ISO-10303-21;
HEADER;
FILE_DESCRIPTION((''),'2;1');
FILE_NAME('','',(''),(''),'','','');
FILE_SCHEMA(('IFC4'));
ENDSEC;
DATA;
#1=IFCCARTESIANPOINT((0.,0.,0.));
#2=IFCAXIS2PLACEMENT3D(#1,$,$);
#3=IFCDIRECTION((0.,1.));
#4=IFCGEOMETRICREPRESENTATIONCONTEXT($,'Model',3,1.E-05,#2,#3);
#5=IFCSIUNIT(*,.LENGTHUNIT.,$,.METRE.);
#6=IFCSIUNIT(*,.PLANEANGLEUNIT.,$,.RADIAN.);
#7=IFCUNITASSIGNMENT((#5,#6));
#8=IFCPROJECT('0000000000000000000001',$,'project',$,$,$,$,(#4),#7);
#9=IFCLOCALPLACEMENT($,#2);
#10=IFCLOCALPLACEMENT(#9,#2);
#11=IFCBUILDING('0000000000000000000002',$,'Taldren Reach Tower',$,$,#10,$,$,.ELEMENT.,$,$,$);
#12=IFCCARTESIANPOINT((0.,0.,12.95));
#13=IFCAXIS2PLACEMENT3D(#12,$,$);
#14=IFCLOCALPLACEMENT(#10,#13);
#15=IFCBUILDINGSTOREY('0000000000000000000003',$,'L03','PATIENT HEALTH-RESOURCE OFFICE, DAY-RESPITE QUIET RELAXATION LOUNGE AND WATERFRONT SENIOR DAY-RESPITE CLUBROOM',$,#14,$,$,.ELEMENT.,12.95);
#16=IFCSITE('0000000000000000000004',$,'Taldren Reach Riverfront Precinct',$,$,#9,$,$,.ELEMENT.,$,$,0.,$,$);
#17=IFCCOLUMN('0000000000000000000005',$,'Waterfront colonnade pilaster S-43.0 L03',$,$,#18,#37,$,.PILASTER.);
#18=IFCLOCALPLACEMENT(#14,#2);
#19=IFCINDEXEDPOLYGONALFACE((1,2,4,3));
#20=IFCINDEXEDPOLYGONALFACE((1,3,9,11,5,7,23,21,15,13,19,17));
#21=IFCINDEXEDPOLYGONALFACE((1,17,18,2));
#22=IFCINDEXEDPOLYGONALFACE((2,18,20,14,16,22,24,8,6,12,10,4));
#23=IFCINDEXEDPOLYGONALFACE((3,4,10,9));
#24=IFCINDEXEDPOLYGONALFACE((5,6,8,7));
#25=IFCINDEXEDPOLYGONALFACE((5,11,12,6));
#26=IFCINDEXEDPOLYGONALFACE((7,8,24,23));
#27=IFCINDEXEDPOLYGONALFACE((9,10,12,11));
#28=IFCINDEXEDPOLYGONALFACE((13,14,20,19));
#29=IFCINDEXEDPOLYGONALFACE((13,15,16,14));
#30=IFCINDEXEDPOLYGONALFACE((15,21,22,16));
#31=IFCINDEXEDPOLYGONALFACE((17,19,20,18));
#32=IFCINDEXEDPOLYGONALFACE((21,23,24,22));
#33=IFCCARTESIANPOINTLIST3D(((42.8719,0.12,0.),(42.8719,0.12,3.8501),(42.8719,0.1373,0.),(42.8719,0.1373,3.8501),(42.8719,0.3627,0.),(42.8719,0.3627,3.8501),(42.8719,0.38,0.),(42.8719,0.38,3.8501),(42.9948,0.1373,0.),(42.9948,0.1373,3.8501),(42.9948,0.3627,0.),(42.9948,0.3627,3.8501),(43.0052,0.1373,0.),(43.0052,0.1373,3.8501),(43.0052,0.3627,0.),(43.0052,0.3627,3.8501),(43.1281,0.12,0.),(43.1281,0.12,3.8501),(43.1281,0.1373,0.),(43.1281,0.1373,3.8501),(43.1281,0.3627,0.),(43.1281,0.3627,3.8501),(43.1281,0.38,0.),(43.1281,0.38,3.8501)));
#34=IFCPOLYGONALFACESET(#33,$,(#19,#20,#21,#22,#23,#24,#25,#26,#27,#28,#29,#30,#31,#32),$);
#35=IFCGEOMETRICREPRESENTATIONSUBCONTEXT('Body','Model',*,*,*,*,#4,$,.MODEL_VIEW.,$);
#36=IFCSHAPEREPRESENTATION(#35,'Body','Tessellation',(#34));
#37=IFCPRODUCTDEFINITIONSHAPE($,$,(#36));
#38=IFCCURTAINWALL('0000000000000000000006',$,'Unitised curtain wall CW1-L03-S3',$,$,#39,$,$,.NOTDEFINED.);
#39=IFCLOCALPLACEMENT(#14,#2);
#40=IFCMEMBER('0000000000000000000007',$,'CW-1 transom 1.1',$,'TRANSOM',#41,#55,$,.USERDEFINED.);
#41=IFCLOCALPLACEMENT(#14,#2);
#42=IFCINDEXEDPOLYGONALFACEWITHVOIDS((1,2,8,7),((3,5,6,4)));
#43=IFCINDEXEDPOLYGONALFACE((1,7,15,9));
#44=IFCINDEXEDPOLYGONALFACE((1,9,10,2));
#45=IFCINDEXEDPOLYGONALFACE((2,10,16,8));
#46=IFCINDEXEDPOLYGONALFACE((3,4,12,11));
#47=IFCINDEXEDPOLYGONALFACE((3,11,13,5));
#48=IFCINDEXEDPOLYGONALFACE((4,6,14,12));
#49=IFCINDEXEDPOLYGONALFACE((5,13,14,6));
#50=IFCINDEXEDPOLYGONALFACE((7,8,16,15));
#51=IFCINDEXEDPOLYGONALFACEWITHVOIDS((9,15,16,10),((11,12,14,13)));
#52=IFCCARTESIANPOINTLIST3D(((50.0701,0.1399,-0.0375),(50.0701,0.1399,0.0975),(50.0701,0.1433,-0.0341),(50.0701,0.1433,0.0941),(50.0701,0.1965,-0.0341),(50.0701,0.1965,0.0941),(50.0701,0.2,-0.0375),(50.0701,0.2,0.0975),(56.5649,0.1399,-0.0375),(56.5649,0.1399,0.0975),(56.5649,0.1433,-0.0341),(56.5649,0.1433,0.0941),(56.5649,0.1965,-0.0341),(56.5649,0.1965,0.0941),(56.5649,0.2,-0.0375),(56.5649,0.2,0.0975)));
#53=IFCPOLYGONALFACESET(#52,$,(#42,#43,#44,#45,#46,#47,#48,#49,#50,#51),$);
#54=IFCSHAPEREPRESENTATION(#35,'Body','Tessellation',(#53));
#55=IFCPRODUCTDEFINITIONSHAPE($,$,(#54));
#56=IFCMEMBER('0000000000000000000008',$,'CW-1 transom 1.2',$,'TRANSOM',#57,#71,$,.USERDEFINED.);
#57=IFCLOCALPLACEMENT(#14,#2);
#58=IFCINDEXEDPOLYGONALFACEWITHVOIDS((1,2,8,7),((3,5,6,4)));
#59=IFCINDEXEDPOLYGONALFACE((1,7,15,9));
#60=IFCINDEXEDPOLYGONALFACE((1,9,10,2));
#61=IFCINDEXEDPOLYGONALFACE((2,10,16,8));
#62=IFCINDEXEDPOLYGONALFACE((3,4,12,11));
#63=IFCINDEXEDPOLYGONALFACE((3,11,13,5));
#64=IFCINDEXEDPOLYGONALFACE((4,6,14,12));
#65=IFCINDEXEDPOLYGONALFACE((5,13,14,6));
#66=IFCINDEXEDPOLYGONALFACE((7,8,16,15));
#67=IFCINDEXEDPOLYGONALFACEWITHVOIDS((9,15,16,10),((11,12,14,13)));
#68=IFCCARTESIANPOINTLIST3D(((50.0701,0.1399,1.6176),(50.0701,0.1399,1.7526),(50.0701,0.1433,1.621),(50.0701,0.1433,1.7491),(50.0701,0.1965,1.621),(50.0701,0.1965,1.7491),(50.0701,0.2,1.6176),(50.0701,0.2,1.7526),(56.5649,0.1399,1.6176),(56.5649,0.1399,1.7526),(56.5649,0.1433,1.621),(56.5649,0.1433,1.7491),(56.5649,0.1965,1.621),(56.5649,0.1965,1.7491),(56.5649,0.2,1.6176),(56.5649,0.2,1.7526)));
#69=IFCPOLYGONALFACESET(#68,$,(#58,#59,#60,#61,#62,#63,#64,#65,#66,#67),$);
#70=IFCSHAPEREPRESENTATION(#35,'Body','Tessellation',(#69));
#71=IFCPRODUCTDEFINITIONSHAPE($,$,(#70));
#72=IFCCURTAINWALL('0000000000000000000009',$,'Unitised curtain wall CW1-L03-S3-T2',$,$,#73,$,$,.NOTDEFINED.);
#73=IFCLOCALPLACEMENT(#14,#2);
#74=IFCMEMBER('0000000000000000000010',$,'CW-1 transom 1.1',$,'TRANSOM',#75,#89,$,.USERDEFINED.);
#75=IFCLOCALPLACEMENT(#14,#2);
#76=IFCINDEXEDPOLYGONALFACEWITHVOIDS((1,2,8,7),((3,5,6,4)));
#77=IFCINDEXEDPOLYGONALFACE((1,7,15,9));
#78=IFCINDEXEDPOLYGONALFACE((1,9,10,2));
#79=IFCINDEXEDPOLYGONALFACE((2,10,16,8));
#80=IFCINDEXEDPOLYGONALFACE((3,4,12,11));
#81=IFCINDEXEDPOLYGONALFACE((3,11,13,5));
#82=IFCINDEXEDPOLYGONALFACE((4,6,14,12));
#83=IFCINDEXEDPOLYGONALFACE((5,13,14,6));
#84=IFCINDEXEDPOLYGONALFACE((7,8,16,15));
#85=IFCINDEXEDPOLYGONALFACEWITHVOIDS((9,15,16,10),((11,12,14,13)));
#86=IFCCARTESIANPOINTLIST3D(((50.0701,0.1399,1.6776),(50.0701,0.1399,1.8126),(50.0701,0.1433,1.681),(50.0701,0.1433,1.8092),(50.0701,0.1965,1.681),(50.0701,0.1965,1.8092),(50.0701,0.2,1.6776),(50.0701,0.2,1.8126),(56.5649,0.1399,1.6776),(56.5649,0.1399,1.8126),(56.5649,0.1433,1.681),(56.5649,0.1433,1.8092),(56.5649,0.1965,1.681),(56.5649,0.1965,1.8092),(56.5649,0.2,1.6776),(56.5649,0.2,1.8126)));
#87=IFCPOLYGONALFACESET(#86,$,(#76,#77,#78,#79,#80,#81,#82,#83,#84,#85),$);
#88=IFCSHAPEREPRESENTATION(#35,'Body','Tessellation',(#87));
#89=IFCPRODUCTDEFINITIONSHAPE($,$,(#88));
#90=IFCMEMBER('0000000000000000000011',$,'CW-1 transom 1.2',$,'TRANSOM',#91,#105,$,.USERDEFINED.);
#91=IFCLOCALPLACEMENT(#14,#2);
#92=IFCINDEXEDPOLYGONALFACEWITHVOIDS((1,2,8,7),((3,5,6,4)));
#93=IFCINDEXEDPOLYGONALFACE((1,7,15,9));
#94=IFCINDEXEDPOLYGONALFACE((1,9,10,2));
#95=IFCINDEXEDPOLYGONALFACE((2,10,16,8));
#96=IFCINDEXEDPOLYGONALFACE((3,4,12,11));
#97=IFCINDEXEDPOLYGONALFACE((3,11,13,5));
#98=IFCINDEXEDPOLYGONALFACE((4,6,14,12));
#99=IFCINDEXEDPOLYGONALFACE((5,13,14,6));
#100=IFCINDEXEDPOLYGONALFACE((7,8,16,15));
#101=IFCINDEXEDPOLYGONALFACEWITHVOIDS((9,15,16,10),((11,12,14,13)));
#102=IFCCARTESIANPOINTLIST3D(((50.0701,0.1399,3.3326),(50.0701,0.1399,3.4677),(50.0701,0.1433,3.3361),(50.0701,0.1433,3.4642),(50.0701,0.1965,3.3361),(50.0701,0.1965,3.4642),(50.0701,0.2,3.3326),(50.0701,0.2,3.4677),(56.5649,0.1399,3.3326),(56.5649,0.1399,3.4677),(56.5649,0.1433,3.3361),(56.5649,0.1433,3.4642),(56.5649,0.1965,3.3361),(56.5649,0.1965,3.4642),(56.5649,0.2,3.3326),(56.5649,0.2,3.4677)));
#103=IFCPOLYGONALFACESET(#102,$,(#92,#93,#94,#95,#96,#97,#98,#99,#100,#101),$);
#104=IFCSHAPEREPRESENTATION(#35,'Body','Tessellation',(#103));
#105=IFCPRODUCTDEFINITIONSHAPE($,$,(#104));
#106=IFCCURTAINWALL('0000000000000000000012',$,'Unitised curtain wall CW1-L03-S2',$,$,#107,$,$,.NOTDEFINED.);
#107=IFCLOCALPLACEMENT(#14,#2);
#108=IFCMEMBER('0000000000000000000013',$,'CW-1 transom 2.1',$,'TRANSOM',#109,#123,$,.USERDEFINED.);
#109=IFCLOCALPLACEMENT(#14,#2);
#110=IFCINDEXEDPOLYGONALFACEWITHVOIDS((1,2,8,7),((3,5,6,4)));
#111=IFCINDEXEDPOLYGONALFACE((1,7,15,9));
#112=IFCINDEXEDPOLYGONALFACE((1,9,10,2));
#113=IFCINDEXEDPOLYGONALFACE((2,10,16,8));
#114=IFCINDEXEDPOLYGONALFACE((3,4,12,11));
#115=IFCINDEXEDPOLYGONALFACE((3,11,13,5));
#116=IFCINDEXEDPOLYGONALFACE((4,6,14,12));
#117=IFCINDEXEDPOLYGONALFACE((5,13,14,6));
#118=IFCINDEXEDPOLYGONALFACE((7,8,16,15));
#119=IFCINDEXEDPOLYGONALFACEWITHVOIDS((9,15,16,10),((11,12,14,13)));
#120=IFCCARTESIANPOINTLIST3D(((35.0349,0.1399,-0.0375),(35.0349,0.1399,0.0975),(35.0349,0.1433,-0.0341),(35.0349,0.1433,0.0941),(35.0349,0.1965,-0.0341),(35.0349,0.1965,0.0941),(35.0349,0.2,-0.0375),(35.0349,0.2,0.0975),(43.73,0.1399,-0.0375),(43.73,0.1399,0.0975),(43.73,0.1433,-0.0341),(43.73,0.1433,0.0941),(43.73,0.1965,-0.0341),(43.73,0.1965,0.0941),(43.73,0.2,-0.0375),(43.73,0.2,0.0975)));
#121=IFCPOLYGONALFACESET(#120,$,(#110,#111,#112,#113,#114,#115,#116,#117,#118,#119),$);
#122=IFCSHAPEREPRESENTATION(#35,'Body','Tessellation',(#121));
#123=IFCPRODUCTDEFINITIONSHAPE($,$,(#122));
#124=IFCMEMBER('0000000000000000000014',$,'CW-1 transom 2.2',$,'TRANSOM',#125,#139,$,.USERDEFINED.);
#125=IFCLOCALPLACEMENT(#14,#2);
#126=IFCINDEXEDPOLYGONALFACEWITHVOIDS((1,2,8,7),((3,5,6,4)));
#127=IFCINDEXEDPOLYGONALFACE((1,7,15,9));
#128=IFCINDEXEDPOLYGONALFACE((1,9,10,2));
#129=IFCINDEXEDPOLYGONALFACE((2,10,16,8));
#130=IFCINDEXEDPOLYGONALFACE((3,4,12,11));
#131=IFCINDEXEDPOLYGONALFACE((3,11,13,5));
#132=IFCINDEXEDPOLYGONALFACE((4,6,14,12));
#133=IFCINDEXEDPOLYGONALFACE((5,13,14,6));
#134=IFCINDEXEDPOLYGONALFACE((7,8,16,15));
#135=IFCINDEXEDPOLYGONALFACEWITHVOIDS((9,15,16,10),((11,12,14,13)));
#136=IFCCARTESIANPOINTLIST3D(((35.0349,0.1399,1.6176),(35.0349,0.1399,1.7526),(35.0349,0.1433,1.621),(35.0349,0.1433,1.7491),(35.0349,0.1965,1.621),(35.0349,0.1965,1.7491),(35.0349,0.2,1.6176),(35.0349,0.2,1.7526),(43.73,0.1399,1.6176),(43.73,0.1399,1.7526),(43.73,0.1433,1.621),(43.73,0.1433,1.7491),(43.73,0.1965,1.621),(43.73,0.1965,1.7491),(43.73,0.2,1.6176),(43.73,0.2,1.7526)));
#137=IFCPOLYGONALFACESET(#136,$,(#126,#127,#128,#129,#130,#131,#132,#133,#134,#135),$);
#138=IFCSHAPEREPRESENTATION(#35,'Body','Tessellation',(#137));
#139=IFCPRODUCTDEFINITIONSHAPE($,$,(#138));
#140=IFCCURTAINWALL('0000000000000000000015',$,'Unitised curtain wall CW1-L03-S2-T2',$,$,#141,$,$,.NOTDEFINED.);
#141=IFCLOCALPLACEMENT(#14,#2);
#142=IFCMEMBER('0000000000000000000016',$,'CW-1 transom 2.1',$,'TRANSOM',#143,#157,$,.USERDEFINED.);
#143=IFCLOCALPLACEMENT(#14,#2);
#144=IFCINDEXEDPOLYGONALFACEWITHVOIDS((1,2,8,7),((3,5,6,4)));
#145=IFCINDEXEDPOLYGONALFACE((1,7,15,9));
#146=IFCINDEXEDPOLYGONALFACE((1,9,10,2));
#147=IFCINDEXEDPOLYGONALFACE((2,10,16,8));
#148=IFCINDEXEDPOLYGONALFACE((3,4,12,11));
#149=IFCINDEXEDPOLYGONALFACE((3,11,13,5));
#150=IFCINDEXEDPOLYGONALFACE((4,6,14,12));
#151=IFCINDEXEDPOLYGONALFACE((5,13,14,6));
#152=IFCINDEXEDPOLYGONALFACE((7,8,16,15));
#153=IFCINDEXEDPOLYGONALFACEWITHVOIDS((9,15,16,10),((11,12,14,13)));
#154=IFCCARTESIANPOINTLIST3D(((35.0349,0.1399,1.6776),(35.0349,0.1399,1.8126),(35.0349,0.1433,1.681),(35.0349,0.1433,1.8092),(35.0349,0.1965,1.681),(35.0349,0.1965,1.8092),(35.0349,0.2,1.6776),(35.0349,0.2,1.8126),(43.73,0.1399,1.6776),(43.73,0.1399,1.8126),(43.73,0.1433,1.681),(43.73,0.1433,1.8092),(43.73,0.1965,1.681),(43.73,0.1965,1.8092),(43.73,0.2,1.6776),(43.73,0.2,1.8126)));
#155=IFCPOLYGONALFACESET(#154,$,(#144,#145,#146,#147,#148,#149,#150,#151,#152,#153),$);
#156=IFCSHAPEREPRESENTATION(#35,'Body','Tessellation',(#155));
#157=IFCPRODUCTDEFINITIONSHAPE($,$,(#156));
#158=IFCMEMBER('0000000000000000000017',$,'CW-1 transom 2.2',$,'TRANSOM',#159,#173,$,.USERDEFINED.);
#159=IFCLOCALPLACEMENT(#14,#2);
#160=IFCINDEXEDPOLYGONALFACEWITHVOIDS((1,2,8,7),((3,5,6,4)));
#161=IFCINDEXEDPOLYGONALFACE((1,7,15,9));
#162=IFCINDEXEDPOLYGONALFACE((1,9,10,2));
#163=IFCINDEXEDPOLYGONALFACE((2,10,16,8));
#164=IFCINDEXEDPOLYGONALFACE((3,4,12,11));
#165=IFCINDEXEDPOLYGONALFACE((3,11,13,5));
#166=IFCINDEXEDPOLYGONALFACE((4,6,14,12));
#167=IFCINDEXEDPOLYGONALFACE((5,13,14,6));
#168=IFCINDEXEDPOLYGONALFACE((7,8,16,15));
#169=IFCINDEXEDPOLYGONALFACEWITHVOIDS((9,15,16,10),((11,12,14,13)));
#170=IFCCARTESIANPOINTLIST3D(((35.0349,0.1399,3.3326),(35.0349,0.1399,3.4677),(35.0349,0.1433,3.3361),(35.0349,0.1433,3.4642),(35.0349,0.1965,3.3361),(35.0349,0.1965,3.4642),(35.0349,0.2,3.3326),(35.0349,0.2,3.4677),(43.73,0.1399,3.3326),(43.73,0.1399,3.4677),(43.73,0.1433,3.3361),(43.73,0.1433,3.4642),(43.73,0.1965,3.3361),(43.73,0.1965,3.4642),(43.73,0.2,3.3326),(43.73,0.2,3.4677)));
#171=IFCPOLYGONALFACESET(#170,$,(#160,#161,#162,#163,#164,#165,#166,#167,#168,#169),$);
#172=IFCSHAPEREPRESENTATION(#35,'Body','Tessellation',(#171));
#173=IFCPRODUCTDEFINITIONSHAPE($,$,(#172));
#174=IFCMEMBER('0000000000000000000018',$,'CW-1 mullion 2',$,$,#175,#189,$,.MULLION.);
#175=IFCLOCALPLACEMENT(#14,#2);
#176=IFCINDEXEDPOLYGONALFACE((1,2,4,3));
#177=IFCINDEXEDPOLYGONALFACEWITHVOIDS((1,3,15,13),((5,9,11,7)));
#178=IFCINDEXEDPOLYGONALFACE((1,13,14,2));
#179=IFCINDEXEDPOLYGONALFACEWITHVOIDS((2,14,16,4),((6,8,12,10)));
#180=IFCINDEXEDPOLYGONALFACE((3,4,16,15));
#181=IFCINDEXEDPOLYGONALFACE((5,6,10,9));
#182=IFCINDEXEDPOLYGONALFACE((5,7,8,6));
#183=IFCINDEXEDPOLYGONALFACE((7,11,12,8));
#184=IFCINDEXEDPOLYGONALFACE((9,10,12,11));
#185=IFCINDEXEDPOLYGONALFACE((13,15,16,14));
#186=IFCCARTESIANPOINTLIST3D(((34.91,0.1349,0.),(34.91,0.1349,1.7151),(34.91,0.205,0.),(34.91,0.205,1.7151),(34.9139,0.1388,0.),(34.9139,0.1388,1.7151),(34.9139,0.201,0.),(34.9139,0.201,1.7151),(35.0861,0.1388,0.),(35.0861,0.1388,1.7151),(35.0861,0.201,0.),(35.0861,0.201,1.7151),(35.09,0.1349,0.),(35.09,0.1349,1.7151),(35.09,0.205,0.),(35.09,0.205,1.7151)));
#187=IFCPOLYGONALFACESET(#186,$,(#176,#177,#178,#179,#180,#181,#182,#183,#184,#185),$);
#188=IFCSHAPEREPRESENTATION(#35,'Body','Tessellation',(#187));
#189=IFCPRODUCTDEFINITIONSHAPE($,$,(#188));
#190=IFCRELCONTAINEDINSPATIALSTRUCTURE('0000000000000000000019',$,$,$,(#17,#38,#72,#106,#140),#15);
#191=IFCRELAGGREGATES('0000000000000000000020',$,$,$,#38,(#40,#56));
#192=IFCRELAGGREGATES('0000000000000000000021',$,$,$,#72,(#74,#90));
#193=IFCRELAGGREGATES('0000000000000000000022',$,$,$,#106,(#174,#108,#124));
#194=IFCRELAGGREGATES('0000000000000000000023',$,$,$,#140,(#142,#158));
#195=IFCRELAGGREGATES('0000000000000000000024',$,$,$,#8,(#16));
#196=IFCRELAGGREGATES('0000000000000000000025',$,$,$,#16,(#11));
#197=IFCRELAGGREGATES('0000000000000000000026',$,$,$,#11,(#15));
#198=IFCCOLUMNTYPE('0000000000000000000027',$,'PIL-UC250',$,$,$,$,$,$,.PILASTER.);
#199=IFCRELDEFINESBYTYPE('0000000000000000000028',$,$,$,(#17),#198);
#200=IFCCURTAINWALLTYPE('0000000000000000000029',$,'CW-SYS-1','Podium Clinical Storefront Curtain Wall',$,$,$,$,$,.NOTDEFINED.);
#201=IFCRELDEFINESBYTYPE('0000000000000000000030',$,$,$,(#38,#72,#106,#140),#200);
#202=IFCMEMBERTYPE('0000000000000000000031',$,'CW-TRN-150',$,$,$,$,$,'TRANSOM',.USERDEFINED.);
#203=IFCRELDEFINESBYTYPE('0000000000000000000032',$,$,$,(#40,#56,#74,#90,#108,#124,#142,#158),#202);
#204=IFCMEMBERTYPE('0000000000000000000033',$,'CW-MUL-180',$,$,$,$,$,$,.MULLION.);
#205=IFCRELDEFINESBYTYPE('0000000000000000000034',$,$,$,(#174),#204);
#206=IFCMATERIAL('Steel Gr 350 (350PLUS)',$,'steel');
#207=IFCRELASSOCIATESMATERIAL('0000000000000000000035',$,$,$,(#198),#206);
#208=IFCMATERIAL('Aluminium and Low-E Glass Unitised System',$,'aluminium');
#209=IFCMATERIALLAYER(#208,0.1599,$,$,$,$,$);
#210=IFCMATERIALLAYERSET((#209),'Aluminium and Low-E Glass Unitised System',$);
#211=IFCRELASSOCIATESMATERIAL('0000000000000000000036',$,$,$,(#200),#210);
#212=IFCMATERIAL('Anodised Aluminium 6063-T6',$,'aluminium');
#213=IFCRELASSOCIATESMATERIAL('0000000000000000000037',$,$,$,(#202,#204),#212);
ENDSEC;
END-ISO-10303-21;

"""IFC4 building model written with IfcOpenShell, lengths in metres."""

from ifc_helpers import new_model, si_unit, direction, frame, origin, origin_2d, place, context, subcontext, project, spatial, hollow_rectangle, i_section, extrude, source, transform, mapped, material, layer, layer_set, material_profile, profile_set, type_object, element, aggregate, save


model = new_model("IFC4")

# Units and contexts
model_context = context("Model", 3, precision=1e-05, world=origin(), true_north=direction((0.0, 1.0)))
body_context = subcontext(model_context, "Body", "Model", "MODEL_VIEW")
ifc_project = project(units=[si_unit("LENGTHUNIT", "METRE"), si_unit("PLANEANGLEUNIT", "RADIAN")], contexts=[model_context])

# Site, building, storey
site_placement = place(None, origin())
site = spatial("IfcSite", under=ifc_project, at=site_placement, Name="Taldren Reach Riverfront Precinct", CompositionType="ELEMENT", RefElevation=0.0)
building_placement = place(site_placement, origin())
building = spatial("IfcBuilding", under=site, at=building_placement, Name="Taldren Reach Tower", CompositionType="ELEMENT")
storey_placement = place(building_placement, frame((0.0, 0.0, 12.95)))
storey = spatial("IfcBuildingStorey", under=building, at=storey_placement, Name="L03", Description="PATIENT HEALTH-RESOURCE OFFICE, DAY-RESPITE QUIET RELAXATION LOUNGE AND WATERFRONT SENIOR DAY-RESPITE CLUBROOM", CompositionType="ELEMENT", Elevation=12.95)

# Column
ifc_material_1 = material(Name="Steel Gr 350 (350PLUS)", Category="steel")
ifc_material_profile_1 = material_profile(ifc_material_1, i_section(OverallWidth=0.2561, OverallDepth=0.26, WebThickness=0.0105, FlangeThickness=0.0173, at=origin_2d()), Name="250UC89.5")
ifc_profile_set_1 = profile_set([ifc_material_profile_1], Name="Steel Gr 350 (350PLUS)")
column_type = type_object("IfcColumnType", Name="PIL-UC250", PredefinedType="PILASTER", material=ifc_profile_set_1)
shared_shape_1 = source(origin(), body_context, "Body", "SweptSolid", [
    extrude(i_section(OverallWidth=0.2561, OverallDepth=0.26, WebThickness=0.0105, FlangeThickness=0.0173, at=origin_2d()), origin(), (0.0, 0.0, 1.0), 3.8501),
])
column_placement = place(storey_placement, frame((43.0, 0.25, 0.0), z_axis=(0.0, 0.0, 1.0), x_axis=(1.0, 0.0, 0.0)))
element("IfcColumn", 1, at=column_placement, inside=storey, type_object=column_type, Name="Waterfront colonnade pilaster S-43.0 L03", PredefinedType="PILASTER", context=body_context, shape_type="MappedRepresentation", body=[
    mapped(shared_shape_1, transform((0.0, 0.0, 0.0), scale=1.0)),
])

# Curtain walls, members
ifc_material_2 = material(Name="Aluminium and Low-E Glass Unitised System", Category="aluminium")
ifc_layer_1 = layer(ifc_material_2, 0.1599)
ifc_layer_set_1 = layer_set([ifc_layer_1], Name="Aluminium and Low-E Glass Unitised System")
curtain_wall_type = type_object("IfcCurtainWallType", Name="CW-SYS-1", Description="Podium Clinical Storefront Curtain Wall", PredefinedType="NOTDEFINED", material=ifc_layer_set_1)
curtain_wall_1_placement = place(storey_placement, origin())
curtain_wall_1 = element("IfcCurtainWall", 2, at=curtain_wall_1_placement, inside=storey, type_object=curtain_wall_type, Name="Unitised curtain wall CW1-L03-S3", PredefinedType="NOTDEFINED")
ifc_material_3 = material(Name="Anodised Aluminium 6063-T6", Category="aluminium")
ifc_material_profile_2 = material_profile(ifc_material_3, hollow_rectangle(XDim=0.0601, YDim=0.135, WallThickness=0.0034, at=origin_2d()), Name="ALU-135x60x3.5RHS")
ifc_profile_set_2 = profile_set([ifc_material_profile_2], Name="Anodised Aluminium 6063-T6")
member_type_1 = type_object("IfcMemberType", Name="CW-TRN-150", ElementType="TRANSOM", PredefinedType="USERDEFINED", material=ifc_profile_set_2)
shared_shape_2 = source(origin(), body_context, "Body", "SweptSolid", [
    extrude(hollow_rectangle(XDim=0.0601, YDim=0.135, WallThickness=0.0034, at=origin_2d()), origin(), (0.0, 0.0, 1.0), 6.4949),
])
member_1_placement = place(storey_placement, frame((50.0701, 0.1699, 0.03), z_axis=(1.0, 0.0, 0.0), x_axis=(0.0, 1.0, 0.0)))
member_1 = element("IfcMember", 3, at=member_1_placement, type_object=member_type_1, Name="CW-1 transom 1.1", ObjectType="TRANSOM", PredefinedType="USERDEFINED", context=body_context, shape_type="MappedRepresentation", body=[
    mapped(shared_shape_2, transform((0.0, 0.0, 0.0), scale=1.0)),
])
member_2_placement = place(storey_placement, frame((50.0701, 0.1699, 1.6851), z_axis=(1.0, 0.0, 0.0), x_axis=(0.0, 1.0, 0.0)))
member_2 = element("IfcMember", 4, at=member_2_placement, type_object=member_type_1, Name="CW-1 transom 1.2", ObjectType="TRANSOM", PredefinedType="USERDEFINED", context=body_context, shape_type="MappedRepresentation", body=[
    mapped(shared_shape_2, transform((0.0, 0.0, 0.0), scale=1.0)),
])
curtain_wall_2_placement = place(storey_placement, origin())
curtain_wall_2 = element("IfcCurtainWall", 5, at=curtain_wall_2_placement, inside=storey, type_object=curtain_wall_type, Name="Unitised curtain wall CW1-L03-S3-T2", PredefinedType="NOTDEFINED")
member_3_placement = place(storey_placement, frame((50.0701, 0.1699, 1.7451), z_axis=(1.0, 0.0, 0.0), x_axis=(0.0, 1.0, 0.0)))
member_3 = element("IfcMember", 6, at=member_3_placement, type_object=member_type_1, Name="CW-1 transom 1.1", ObjectType="TRANSOM", PredefinedType="USERDEFINED", context=body_context, shape_type="MappedRepresentation", body=[
    mapped(shared_shape_2, transform((0.0, 0.0, 0.0), scale=1.0)),
])
member_4_placement = place(storey_placement, frame((50.0701, 0.1699, 3.4001), z_axis=(1.0, 0.0, 0.0), x_axis=(0.0, 1.0, 0.0)))
member_4 = element("IfcMember", 7, at=member_4_placement, type_object=member_type_1, Name="CW-1 transom 1.2", ObjectType="TRANSOM", PredefinedType="USERDEFINED", context=body_context, shape_type="MappedRepresentation", body=[
    mapped(shared_shape_2, transform((0.0, 0.0, 0.0), scale=1.0)),
])
curtain_wall_3_placement = place(storey_placement, origin())
curtain_wall_3 = element("IfcCurtainWall", 8, at=curtain_wall_3_placement, inside=storey, type_object=curtain_wall_type, Name="Unitised curtain wall CW1-L03-S2", PredefinedType="NOTDEFINED")
shared_shape_3 = source(origin(), body_context, "Body", "SweptSolid", [
    extrude(hollow_rectangle(XDim=0.0601, YDim=0.135, WallThickness=0.0034, at=origin_2d()), origin(), (0.0, 0.0, 1.0), 8.6951),
])
member_5_placement = place(storey_placement, frame((35.0349, 0.1699, 0.03), z_axis=(1.0, 0.0, 0.0), x_axis=(0.0, 1.0, 0.0)))
member_5 = element("IfcMember", 9, at=member_5_placement, type_object=member_type_1, Name="CW-1 transom 2.1", ObjectType="TRANSOM", PredefinedType="USERDEFINED", context=body_context, shape_type="MappedRepresentation", body=[
    mapped(shared_shape_3, transform((0.0, 0.0, 0.0), scale=1.0)),
])
member_6_placement = place(storey_placement, frame((35.0349, 0.1699, 1.6851), z_axis=(1.0, 0.0, 0.0), x_axis=(0.0, 1.0, 0.0)))
member_6 = element("IfcMember", 10, at=member_6_placement, type_object=member_type_1, Name="CW-1 transom 2.2", ObjectType="TRANSOM", PredefinedType="USERDEFINED", context=body_context, shape_type="MappedRepresentation", body=[
    mapped(shared_shape_3, transform((0.0, 0.0, 0.0), scale=1.0)),
])
curtain_wall_4_placement = place(storey_placement, origin())
curtain_wall_4 = element("IfcCurtainWall", 11, at=curtain_wall_4_placement, inside=storey, type_object=curtain_wall_type, Name="Unitised curtain wall CW1-L03-S2-T2", PredefinedType="NOTDEFINED")
member_7_placement = place(storey_placement, frame((35.0349, 0.1699, 1.7451), z_axis=(1.0, 0.0, 0.0), x_axis=(0.0, 1.0, 0.0)))
member_7 = element("IfcMember", 12, at=member_7_placement, type_object=member_type_1, Name="CW-1 transom 2.1", ObjectType="TRANSOM", PredefinedType="USERDEFINED", context=body_context, shape_type="MappedRepresentation", body=[
    mapped(shared_shape_3, transform((0.0, 0.0, 0.0), scale=1.0)),
])
member_8_placement = place(storey_placement, frame((35.0349, 0.1699, 3.4001), z_axis=(1.0, 0.0, 0.0), x_axis=(0.0, 1.0, 0.0)))
member_8 = element("IfcMember", 13, at=member_8_placement, type_object=member_type_1, Name="CW-1 transom 2.2", ObjectType="TRANSOM", PredefinedType="USERDEFINED", context=body_context, shape_type="MappedRepresentation", body=[
    mapped(shared_shape_3, transform((0.0, 0.0, 0.0), scale=1.0)),
])

# Member
ifc_material_profile_3 = material_profile(ifc_material_3, hollow_rectangle(XDim=0.0701, YDim=0.1799, WallThickness=0.0039, at=origin_2d()), Name="ALU-180x70x4RHS")
ifc_profile_set_3 = profile_set([ifc_material_profile_3], Name="Anodised Aluminium 6063-T6")
member_type_2 = type_object("IfcMemberType", Name="CW-MUL-180", PredefinedType="MULLION", material=ifc_profile_set_3)
shared_shape_4 = source(origin(), body_context, "Body", "SweptSolid", [
    extrude(hollow_rectangle(XDim=0.0701, YDim=0.1799, WallThickness=0.0039, at=origin_2d()), origin(), (0.0, 0.0, 1.0), 1.7151),
])
member_9_placement = place(storey_placement, frame((35.0, 0.1699, 0.0), z_axis=(0.0, 0.0, 1.0), x_axis=(0.0, 1.0, 0.0)))
member_9 = element("IfcMember", 14, at=member_9_placement, type_object=member_type_2, Name="CW-1 mullion 2", PredefinedType="MULLION", context=body_context, shape_type="MappedRepresentation", body=[
    mapped(shared_shape_4, transform((0.0, 0.0, 0.0), scale=1.0)),
])
aggregate(curtain_wall_1, [member_1, member_2])
aggregate(curtain_wall_2, [member_3, member_4])

aggregate(curtain_wall_3, [member_9, member_5, member_6])
aggregate(curtain_wall_4, [member_7, member_8])

save(model, "model.ifc")
